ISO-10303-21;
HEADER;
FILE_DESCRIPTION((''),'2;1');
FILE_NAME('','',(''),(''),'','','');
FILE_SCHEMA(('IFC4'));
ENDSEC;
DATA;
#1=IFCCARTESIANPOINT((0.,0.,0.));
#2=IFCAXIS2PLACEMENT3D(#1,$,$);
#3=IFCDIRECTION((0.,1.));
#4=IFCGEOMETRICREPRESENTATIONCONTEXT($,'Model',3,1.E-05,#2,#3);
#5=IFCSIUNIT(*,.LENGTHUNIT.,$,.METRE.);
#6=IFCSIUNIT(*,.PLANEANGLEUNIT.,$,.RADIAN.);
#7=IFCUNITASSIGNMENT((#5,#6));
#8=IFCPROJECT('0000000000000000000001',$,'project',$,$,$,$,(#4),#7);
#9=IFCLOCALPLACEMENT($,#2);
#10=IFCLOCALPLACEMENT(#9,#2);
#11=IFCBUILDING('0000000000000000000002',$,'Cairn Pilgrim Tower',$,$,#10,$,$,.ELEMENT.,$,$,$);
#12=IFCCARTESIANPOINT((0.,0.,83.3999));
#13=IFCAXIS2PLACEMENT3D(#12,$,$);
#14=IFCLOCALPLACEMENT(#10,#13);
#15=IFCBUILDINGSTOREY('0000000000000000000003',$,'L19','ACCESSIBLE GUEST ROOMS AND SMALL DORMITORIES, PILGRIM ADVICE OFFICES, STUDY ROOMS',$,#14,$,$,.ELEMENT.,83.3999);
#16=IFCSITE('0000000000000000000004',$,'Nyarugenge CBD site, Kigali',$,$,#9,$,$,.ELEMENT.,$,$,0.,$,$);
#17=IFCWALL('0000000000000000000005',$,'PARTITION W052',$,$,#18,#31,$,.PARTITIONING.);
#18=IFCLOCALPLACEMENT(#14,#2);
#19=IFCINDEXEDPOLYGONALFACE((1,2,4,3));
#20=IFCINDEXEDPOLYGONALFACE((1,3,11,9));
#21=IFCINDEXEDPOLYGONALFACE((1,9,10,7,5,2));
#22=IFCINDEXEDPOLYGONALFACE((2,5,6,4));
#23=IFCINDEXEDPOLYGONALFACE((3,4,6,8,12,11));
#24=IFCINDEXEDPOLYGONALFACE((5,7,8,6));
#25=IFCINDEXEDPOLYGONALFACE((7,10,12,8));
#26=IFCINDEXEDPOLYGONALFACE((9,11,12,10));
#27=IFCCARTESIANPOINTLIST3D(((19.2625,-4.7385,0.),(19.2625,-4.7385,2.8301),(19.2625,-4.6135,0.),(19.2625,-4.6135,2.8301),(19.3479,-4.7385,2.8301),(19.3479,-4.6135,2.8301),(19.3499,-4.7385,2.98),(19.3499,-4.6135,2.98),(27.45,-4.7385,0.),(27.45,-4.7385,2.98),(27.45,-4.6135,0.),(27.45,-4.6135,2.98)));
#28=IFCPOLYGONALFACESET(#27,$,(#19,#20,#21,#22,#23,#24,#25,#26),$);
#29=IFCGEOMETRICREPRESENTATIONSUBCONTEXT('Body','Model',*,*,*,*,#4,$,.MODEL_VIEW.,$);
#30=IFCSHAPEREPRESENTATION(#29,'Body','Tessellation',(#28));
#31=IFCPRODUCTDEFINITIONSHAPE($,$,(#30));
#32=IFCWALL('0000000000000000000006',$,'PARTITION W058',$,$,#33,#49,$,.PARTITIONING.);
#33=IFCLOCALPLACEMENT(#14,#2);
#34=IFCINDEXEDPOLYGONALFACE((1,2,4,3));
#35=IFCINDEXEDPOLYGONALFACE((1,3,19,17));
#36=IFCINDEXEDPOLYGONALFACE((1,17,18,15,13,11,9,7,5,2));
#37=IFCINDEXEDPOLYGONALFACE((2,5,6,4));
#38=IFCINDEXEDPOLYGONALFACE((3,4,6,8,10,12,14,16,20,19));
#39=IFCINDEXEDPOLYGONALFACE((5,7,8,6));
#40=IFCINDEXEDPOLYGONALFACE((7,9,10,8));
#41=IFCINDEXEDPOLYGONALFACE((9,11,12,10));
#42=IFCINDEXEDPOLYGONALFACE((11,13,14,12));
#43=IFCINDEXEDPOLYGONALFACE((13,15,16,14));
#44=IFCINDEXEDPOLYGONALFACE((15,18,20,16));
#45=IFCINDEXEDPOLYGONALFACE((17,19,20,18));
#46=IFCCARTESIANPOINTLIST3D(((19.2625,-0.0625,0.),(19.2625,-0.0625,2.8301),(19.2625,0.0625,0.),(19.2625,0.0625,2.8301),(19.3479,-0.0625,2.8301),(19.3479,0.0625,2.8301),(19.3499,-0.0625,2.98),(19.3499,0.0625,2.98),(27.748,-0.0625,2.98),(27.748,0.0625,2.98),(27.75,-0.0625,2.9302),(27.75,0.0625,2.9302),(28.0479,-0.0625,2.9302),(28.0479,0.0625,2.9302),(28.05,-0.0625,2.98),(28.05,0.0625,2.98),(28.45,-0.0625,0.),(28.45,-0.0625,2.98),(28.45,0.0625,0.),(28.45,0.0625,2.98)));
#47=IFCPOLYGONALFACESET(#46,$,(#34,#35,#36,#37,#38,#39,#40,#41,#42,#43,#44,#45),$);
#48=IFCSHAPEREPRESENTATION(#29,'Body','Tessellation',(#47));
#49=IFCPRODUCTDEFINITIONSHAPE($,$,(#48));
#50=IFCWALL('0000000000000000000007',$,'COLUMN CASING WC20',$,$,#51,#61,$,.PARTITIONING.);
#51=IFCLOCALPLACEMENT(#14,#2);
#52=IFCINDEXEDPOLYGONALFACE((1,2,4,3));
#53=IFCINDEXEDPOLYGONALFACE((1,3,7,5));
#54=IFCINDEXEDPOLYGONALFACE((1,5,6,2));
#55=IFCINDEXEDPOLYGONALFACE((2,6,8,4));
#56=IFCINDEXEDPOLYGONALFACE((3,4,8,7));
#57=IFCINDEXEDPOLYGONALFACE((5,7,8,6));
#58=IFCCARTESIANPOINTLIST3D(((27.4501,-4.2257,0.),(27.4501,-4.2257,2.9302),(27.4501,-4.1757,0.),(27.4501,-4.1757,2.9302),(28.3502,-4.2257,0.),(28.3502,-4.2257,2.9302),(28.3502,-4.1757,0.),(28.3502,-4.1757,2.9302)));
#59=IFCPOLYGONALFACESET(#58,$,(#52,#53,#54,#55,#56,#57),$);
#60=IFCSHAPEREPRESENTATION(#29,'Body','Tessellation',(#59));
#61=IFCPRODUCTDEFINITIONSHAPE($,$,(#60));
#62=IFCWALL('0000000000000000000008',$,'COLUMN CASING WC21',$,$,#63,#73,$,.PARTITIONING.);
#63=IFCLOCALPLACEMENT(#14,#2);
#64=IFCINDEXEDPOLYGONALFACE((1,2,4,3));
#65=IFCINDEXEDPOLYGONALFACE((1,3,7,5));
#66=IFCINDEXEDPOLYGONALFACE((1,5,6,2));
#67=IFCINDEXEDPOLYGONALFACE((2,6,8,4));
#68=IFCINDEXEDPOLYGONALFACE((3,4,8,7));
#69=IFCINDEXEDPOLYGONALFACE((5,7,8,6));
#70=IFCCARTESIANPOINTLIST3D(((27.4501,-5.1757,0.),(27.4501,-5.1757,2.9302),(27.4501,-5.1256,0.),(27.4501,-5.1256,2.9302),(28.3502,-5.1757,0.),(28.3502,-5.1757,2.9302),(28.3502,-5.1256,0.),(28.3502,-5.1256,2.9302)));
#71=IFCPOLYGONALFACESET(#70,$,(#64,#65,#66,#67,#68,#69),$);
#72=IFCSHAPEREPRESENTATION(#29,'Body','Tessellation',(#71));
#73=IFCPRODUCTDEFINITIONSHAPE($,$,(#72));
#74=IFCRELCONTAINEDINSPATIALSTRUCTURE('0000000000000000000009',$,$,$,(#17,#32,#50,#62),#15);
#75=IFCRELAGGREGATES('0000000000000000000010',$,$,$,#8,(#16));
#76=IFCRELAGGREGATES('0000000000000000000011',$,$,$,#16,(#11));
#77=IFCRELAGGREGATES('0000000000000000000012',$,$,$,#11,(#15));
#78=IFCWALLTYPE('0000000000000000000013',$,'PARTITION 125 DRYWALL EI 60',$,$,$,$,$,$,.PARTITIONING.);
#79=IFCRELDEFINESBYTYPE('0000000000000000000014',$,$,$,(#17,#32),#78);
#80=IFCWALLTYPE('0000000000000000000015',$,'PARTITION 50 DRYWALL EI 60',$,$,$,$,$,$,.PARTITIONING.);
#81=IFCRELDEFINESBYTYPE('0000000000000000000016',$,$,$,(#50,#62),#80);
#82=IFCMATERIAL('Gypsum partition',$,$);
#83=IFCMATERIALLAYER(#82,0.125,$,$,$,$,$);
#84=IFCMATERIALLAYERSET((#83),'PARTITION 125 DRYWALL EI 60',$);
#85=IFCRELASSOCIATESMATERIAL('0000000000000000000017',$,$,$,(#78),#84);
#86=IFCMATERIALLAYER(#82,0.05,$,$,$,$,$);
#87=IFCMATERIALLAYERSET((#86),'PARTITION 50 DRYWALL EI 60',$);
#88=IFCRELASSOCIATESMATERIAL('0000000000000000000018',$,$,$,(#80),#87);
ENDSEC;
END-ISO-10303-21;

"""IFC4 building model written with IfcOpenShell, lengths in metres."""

from ifc_helpers import new_model, si_unit, direction, frame, frame_2d, origin, place, context, subcontext, project, spatial, polyline, rectangle, outline, extrude, material, layer, layer_set, type_object, element, save


model = new_model("IFC4")

# Units and contexts
model_context = context("Model", 3, precision=1e-05, world=origin(), true_north=direction((0.0, 1.0)))
body_context = subcontext(model_context, "Body", "Model", "MODEL_VIEW")
ifc_project = project(units=[si_unit("LENGTHUNIT", "METRE"), si_unit("PLANEANGLEUNIT", "RADIAN")], contexts=[model_context])

# Site, building, storey
site_placement = place(None, origin())
site = spatial("IfcSite", under=ifc_project, at=site_placement, Name="Nyarugenge CBD site, Kigali", CompositionType="ELEMENT", RefElevation=0.0)
building_placement = place(site_placement, origin())
building = spatial("IfcBuilding", under=site, at=building_placement, Name="Cairn Pilgrim Tower", CompositionType="ELEMENT")
storey_placement = place(building_placement, frame((0.0, 0.0, 83.3999)))
storey = spatial("IfcBuildingStorey", under=building, at=storey_placement, Name="L19", Description="ACCESSIBLE GUEST ROOMS AND SMALL DORMITORIES, PILGRIM ADVICE OFFICES, STUDY ROOMS", CompositionType="ELEMENT", Elevation=83.3999)

# Shared definitions
ifc_material_1 = material(Name="Gypsum partition")

# Walls
ifc_layer_1 = layer(ifc_material_1, 0.125)
ifc_layer_set_1 = layer_set([ifc_layer_1], Name="PARTITION 125 DRYWALL EI 60")
wall_type_1 = type_object("IfcWallType", Name="PARTITION 125 DRYWALL EI 60", PredefinedType="PARTITIONING", material=ifc_layer_set_1)
wall_1_placement = place(storey_placement, frame((19.2625, -4.676, 0.0), z_axis=(0.0, 0.0, 1.0), x_axis=(1.0, 0.0, 0.0)))
element("IfcWall", 1, at=wall_1_placement, inside=storey, type_object=wall_type_1, Name="PARTITION W052", PredefinedType="PARTITIONING", context=body_context, shape_type="SweptSolid", body=[
    extrude(outline(polyline([(0.0, 0.0), (8.1875, 0.0), (8.1875, 2.98), (0.0874, 2.98), (0.0854, 2.8301), (0.0, 2.8301), (0.0, 0.0)])), frame((0.0, 0.0625, 0.0), z_axis=(0.0, -1.0, 0.0), x_axis=(1.0, 0.0, 0.0)), (0.0, 0.0, 1.0), 0.125),
])
wall_2_placement = place(storey_placement, frame((19.2625, 0.0, 0.0), z_axis=(0.0, 0.0, 1.0), x_axis=(1.0, 0.0, 0.0)))
element("IfcWall", 2, at=wall_2_placement, inside=storey, type_object=wall_type_1, Name="PARTITION W058", PredefinedType="PARTITIONING", context=body_context, shape_type="SweptSolid", body=[
    extrude(outline(polyline([(0.0, 0.0), (9.1875, 0.0), (9.1875, 2.98), (8.7876, 2.98), (8.7854, 2.9302), (8.4875, 2.9302), (8.4856, 2.98), (0.0874, 2.98), (0.0854, 2.8301), (0.0, 2.8301), (0.0, 0.0)])), frame((0.0, 0.0625, 0.0), z_axis=(0.0, -1.0, 0.0), x_axis=(1.0, 0.0, 0.0)), (0.0, 0.0, 1.0), 0.125),
])
ifc_layer_2 = layer(ifc_material_1, 0.05)
ifc_layer_set_2 = layer_set([ifc_layer_2], Name="PARTITION 50 DRYWALL EI 60")
wall_type_2 = type_object("IfcWallType", Name="PARTITION 50 DRYWALL EI 60", PredefinedType="PARTITIONING", material=ifc_layer_set_2)
for number, where, z_axis, x_axis, name in (
    (3, (27.45, -4.2007, 0.0), (0.0, 0.0, 1.0), (1.0, 0.0, 0.0), "COLUMN CASING WC20"),
    (4, (27.45, -5.1506, 0.0), (0.0, 0.0, 1.0), (1.0, 0.0, 0.0), "COLUMN CASING WC21"),
):
    element("IfcWall", number, at=place(storey_placement, frame(where, z_axis=z_axis, x_axis=x_axis)), inside=storey, type_object=wall_type_2, Name=name, PredefinedType="PARTITIONING", context=body_context, shape_type="SweptSolid", body=[
        extrude(rectangle(XDim=0.9001, YDim=0.05, at=frame_2d((0.4502, 0.0))), origin(), (0.0, 0.0, 1.0), 2.9302),
    ])

save(model, "model.ifc")
